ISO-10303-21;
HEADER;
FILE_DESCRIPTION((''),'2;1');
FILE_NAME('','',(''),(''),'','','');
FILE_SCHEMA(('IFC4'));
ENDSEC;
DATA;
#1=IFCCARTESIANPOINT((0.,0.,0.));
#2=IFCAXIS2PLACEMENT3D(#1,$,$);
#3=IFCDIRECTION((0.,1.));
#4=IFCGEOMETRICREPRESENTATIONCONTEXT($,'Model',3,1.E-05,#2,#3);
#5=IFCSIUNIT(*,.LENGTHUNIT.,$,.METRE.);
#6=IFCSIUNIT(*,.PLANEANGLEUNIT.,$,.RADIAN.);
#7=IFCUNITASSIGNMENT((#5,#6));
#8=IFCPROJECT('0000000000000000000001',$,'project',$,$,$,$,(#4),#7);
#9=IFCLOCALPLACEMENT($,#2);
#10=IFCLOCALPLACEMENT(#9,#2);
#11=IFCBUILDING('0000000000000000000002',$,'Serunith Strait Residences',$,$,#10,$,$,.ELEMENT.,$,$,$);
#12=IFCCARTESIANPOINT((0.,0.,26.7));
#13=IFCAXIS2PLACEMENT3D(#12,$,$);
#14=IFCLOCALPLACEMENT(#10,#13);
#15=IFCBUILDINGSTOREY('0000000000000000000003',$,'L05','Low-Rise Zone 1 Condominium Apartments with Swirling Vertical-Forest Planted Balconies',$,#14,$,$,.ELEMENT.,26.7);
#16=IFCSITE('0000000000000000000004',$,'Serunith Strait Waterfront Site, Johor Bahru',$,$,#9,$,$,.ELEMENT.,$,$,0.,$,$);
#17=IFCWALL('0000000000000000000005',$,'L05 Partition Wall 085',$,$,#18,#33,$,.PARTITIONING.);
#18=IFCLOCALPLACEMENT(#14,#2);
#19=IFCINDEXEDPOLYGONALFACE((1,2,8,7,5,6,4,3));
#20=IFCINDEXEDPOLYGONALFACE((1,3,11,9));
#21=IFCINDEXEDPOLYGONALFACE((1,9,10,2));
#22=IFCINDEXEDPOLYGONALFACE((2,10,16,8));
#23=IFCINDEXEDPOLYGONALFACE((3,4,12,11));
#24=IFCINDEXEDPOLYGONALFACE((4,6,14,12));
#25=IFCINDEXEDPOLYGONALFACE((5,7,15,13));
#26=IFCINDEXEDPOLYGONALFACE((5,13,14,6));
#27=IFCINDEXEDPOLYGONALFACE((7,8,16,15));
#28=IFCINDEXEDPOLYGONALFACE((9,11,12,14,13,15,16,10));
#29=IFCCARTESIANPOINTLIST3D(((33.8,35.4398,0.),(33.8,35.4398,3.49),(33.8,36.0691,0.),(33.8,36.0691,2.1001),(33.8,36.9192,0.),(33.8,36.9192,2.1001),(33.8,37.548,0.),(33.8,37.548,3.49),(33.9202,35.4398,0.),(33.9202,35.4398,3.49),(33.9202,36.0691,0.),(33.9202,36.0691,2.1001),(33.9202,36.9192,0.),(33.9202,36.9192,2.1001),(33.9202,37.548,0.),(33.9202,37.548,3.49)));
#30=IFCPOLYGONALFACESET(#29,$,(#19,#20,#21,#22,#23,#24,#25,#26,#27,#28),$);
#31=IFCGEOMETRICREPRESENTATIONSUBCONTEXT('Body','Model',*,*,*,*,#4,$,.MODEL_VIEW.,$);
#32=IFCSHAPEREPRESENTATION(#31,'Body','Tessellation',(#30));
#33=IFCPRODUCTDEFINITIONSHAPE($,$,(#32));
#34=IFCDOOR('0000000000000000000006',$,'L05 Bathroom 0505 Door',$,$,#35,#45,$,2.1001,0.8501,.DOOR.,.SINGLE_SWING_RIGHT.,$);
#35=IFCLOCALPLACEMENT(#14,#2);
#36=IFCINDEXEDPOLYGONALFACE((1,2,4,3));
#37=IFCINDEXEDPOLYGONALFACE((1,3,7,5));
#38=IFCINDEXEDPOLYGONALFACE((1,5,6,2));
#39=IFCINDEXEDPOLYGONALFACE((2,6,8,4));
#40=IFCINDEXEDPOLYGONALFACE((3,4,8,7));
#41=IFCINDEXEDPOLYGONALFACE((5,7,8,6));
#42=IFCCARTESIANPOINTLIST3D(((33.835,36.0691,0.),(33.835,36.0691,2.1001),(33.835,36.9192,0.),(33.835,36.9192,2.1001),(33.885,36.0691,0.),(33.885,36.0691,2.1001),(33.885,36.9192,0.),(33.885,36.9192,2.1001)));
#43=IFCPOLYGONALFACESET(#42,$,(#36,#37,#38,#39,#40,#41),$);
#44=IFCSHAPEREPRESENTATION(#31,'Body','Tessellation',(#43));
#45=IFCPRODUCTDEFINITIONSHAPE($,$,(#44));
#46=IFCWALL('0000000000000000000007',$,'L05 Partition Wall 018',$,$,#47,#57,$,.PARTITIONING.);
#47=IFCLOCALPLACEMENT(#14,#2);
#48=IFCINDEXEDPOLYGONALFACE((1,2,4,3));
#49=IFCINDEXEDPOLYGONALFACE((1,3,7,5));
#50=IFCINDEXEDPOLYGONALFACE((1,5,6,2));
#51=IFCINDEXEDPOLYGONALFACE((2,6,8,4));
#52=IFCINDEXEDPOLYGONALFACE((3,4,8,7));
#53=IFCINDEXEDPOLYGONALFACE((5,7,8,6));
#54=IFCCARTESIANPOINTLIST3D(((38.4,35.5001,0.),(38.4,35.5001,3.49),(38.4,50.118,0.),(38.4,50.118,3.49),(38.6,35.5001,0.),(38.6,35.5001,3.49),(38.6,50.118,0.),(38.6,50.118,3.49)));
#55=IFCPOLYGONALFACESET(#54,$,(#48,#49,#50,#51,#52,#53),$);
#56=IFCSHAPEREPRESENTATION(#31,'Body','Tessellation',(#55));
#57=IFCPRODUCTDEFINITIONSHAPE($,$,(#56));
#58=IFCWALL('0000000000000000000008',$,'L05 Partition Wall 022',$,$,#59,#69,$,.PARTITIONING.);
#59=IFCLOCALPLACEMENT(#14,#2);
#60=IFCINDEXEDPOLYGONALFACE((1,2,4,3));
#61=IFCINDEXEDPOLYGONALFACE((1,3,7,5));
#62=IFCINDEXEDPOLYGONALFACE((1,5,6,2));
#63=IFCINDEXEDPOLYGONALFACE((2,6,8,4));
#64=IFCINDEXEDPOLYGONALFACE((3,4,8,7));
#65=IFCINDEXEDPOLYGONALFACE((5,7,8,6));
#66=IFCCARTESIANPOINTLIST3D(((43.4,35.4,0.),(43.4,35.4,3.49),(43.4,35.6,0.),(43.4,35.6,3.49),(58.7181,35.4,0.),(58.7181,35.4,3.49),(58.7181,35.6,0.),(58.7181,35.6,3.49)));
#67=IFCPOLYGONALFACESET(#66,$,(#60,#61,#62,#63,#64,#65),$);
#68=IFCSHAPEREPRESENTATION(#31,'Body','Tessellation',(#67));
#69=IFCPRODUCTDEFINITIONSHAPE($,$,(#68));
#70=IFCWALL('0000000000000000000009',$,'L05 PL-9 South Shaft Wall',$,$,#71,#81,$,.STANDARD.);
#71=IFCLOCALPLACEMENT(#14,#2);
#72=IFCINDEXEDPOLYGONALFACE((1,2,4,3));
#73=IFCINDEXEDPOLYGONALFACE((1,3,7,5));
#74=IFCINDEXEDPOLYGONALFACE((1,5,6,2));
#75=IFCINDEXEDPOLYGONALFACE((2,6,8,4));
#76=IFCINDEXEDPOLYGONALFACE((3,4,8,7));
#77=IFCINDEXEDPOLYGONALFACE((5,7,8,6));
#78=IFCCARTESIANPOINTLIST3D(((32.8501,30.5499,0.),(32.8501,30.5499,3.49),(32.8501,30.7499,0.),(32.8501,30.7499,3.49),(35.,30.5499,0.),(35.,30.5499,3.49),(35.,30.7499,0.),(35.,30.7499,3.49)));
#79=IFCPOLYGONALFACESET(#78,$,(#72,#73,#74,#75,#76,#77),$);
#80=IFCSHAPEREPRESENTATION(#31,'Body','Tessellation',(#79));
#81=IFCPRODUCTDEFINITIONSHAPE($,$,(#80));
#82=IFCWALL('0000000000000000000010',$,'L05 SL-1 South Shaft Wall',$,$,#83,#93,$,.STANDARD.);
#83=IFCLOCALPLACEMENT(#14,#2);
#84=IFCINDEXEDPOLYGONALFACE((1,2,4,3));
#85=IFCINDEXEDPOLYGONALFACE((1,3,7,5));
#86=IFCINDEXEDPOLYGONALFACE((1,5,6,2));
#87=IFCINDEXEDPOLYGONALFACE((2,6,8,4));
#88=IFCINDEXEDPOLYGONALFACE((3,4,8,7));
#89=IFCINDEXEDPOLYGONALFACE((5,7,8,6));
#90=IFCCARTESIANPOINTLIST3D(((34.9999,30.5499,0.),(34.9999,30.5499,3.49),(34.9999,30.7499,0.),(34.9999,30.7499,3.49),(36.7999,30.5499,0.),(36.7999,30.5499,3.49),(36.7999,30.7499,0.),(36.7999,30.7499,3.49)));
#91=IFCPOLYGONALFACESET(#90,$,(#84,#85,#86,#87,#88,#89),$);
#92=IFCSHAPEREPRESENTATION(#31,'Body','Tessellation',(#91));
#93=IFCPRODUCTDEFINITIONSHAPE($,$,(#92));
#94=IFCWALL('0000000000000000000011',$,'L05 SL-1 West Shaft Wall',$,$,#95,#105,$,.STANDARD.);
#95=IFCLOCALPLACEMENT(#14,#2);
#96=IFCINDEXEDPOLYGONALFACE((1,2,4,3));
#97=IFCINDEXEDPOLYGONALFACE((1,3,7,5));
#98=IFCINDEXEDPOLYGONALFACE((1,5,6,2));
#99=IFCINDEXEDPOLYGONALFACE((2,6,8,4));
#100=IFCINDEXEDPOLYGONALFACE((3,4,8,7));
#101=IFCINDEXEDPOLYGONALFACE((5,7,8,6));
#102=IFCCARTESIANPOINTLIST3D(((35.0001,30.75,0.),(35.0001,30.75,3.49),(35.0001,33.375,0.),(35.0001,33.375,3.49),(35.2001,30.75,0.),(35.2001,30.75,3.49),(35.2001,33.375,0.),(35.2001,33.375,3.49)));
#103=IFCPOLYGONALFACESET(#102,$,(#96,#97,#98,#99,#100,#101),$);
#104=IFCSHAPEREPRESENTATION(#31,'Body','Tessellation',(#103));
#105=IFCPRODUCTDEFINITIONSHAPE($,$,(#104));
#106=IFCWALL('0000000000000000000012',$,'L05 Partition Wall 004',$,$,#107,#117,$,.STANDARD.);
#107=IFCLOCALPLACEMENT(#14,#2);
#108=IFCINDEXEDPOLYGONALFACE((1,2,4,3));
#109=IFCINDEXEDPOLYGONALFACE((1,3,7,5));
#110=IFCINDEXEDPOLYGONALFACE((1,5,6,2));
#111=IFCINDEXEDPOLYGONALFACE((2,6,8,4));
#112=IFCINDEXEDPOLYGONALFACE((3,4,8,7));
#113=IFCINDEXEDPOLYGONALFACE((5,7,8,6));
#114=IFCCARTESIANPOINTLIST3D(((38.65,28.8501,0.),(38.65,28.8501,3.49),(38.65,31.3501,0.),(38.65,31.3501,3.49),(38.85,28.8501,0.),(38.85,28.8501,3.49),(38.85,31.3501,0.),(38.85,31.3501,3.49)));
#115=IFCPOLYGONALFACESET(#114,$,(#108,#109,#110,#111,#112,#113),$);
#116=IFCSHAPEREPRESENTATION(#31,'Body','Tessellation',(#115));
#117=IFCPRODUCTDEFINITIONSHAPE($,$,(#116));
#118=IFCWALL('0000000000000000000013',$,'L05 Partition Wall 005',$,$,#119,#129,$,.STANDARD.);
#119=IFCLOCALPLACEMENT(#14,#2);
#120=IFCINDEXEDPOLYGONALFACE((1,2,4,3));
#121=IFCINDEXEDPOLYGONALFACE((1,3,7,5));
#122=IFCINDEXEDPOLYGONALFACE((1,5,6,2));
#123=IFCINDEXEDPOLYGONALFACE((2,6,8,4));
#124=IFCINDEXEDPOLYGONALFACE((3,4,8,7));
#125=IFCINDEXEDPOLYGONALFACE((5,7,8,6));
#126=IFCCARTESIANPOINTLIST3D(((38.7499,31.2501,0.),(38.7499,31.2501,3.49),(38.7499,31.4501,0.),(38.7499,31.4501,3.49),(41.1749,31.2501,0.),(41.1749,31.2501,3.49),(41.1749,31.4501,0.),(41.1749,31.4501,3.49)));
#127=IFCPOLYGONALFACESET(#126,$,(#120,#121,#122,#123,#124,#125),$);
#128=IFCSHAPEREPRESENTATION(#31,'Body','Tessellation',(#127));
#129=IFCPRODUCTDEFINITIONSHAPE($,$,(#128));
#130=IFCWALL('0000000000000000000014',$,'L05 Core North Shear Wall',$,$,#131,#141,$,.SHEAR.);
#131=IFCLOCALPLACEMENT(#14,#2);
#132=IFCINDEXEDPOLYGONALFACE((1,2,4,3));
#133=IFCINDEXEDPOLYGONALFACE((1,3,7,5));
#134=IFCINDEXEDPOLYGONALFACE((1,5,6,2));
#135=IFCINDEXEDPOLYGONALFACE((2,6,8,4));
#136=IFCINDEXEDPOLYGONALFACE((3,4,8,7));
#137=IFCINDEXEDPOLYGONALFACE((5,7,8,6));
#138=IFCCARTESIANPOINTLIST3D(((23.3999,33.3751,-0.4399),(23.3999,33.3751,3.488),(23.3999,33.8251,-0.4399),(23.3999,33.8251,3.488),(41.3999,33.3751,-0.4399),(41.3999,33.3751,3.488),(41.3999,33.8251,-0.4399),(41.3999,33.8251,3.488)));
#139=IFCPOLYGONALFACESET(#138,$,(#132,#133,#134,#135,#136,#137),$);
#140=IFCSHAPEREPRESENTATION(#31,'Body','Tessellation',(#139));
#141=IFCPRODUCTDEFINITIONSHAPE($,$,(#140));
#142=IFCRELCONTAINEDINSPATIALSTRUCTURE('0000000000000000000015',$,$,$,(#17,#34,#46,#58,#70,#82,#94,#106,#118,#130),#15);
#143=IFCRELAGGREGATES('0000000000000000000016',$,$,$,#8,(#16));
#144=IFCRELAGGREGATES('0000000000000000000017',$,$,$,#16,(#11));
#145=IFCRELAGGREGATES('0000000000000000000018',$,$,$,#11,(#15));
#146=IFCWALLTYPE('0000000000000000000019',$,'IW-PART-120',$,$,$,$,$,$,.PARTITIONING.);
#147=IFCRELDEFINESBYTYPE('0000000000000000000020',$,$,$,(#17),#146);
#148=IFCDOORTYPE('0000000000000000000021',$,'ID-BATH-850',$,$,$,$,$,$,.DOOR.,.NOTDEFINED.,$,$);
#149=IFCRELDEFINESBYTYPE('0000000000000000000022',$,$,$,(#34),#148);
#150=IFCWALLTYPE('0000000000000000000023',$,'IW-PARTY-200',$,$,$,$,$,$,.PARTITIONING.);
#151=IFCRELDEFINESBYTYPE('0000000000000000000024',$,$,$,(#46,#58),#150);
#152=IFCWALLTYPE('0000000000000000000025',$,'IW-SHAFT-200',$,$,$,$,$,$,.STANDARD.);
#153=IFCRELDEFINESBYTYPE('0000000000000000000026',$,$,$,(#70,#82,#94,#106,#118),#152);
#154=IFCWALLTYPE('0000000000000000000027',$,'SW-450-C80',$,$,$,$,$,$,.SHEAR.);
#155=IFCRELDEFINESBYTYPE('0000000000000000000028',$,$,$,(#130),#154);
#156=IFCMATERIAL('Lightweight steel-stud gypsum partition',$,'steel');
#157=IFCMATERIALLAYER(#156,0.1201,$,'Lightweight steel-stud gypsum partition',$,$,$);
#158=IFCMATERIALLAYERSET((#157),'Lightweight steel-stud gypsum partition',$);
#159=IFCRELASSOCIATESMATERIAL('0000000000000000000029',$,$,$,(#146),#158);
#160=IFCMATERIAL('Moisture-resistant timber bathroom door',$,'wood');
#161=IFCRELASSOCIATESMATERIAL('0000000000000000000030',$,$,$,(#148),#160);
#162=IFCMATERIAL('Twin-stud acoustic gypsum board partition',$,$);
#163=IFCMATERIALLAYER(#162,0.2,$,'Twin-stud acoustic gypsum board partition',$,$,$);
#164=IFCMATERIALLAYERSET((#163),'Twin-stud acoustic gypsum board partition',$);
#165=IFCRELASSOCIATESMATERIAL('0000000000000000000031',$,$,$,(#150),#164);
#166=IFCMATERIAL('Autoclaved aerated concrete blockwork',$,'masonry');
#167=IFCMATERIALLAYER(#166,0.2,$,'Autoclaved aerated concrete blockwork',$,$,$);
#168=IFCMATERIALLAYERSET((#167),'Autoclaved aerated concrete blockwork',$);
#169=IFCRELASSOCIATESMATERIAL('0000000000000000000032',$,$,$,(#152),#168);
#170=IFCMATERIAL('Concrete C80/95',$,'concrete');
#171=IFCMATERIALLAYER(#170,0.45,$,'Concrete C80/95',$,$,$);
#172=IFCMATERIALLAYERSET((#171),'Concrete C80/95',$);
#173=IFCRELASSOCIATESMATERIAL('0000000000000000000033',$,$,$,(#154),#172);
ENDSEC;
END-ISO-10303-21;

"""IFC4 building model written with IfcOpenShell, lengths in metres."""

from ifc_helpers import new_model, si_unit, direction, frame, frame_2d, origin, place, context, subcontext, project, spatial, rectangle, extrude, source, transform, mapped, material, layer, layer_set, type_object, element, fill, save


model = new_model("IFC4")

# Units and contexts
model_context = context("Model", 3, precision=1e-05, world=origin(), true_north=direction((0.0, 1.0)))
body_context = subcontext(model_context, "Body", "Model", "MODEL_VIEW")
ifc_project = project(units=[si_unit("LENGTHUNIT", "METRE"), si_unit("PLANEANGLEUNIT", "RADIAN")], contexts=[model_context])

# Site, building, storey
site_placement = place(None, origin())
site = spatial("IfcSite", under=ifc_project, at=site_placement, Name="Serunith Strait Waterfront Site, Johor Bahru", CompositionType="ELEMENT", RefElevation=0.0)
building_placement = place(site_placement, origin())
building = spatial("IfcBuilding", under=site, at=building_placement, Name="Serunith Strait Residences", CompositionType="ELEMENT")
storey_placement = place(building_placement, frame((0.0, 0.0, 26.7)))
storey = spatial("IfcBuildingStorey", under=building, at=storey_placement, Name="L05", Description="Low-Rise Zone 1 Condominium Apartments with Swirling Vertical-Forest Planted Balconies", CompositionType="ELEMENT", Elevation=26.7)

# Wall, opening, door
shared_shape_1 = source(origin(), body_context, "Body", "SweptSolid", [
    extrude(rectangle(XDim=0.8501, YDim=2.1001, at=frame_2d((0.425, 1.05))), frame((0.0, 0.0249, 0.0), z_axis=(0.0, -1.0, 0.0), x_axis=(1.0, 0.0, 0.0)), (0.0, 0.0, 1.0), 0.05),
])
ifc_material_1 = material(Name="Lightweight steel-stud gypsum partition", Category="steel")
ifc_layer_1 = layer(ifc_material_1, 0.1201, Name="Lightweight steel-stud gypsum partition")
ifc_layer_set_1 = layer_set([ifc_layer_1], Name="Lightweight steel-stud gypsum partition")
wall_type_1 = type_object("IfcWallType", Name="IW-PART-120", PredefinedType="PARTITIONING", material=ifc_layer_set_1)
wall_1_placement = place(storey_placement, frame((33.8601, 37.5481, 0.0), z_axis=(0.0, 0.0, 1.0), x_axis=(0.0, -1.0, 0.0)))
wall_1 = element("IfcWall", 1, at=wall_1_placement, inside=storey, type_object=wall_type_1, Name="L05 Partition Wall 085", PredefinedType="PARTITIONING", context=body_context, shape_type="SweptSolid", body=[
    extrude(rectangle(XDim=2.1082, YDim=0.1201, at=frame_2d((1.0542, 0.0))), origin(), (0.0, 0.0, 1.0), 3.49),
])
opening_1_placement = place(wall_1_placement, frame((0.6289, 0.0, 0.0)))
opening_1 = element("IfcOpeningElement", 2, at=opening_1_placement, cuts=wall_1, PredefinedType="OPENING", context=body_context, shape_type="SweptSolid", body=[
    extrude(rectangle(XDim=0.8501, YDim=2.1001, at=frame_2d((0.425, 1.05))), frame((0.0, 0.0701, 0.0), z_axis=(0.0, -1.0, 0.0), x_axis=(1.0, 0.0, 0.0)), (0.0, 0.0, 1.0), 0.1401),
])
ifc_material_2 = material(Name="Moisture-resistant timber bathroom door", Category="wood")
door_type_1 = type_object("IfcDoorType", Name="ID-BATH-850", OperationType="NOTDEFINED", PredefinedType="DOOR", material=ifc_material_2)
door_1_placement = place(opening_1_placement, origin())
door_1 = element("IfcDoor", 3, at=door_1_placement, inside=storey, type_object=door_type_1, Name="L05 Bathroom 0505 Door", OperationType="SINGLE_SWING_RIGHT", OverallHeight=2.1001, OverallWidth=0.8501, PredefinedType="DOOR", context=body_context, shape_type="MappedRepresentation", body=[
    mapped(shared_shape_1, transform((0.0, 0.0, 0.0), scale=1.0)),
])
fill(opening_1, door_1)

# Walls
ifc_material_3 = material(Name="Twin-stud acoustic gypsum board partition")
ifc_layer_2 = layer(ifc_material_3, 0.2, Name="Twin-stud acoustic gypsum board partition")
ifc_layer_set_2 = layer_set([ifc_layer_2], Name="Twin-stud acoustic gypsum board partition")
wall_type_2 = type_object("IfcWallType", Name="IW-PARTY-200", PredefinedType="PARTITIONING", material=ifc_layer_set_2)
wall_2_placement = place(storey_placement, frame((38.5, 35.5, 0.0), z_axis=(0.0, 0.0, 1.0), x_axis=(0.0, 1.0, 0.0)))
element("IfcWall", 4, at=wall_2_placement, inside=storey, type_object=wall_type_2, Name="L05 Partition Wall 018", PredefinedType="PARTITIONING", context=body_context, shape_type="SweptSolid", body=[
    extrude(rectangle(XDim=14.6179, YDim=0.2, at=frame_2d((7.3091, 0.0))), origin(), (0.0, 0.0, 1.0), 3.49),
])
wall_3_placement = place(storey_placement, frame((43.3999, 35.5, 0.0), z_axis=(0.0, 0.0, 1.0), x_axis=(1.0, 0.0, 0.0)))
element("IfcWall", 5, at=wall_3_placement, inside=storey, type_object=wall_type_2, Name="L05 Partition Wall 022", PredefinedType="PARTITIONING", context=body_context, shape_type="SweptSolid", body=[
    extrude(rectangle(XDim=15.3181, YDim=0.2, at=frame_2d((7.6592, 0.0))), origin(), (0.0, 0.0, 1.0), 3.49),
])
ifc_material_4 = material(Name="Autoclaved aerated concrete blockwork", Category="masonry")
ifc_layer_3 = layer(ifc_material_4, 0.2, Name="Autoclaved aerated concrete blockwork")
ifc_layer_set_3 = layer_set([ifc_layer_3], Name="Autoclaved aerated concrete blockwork")
wall_type_3 = type_object("IfcWallType", Name="IW-SHAFT-200", PredefinedType="STANDARD", material=ifc_layer_set_3)
wall_4_placement = place(storey_placement, frame((32.8501, 30.6499, 0.0), z_axis=(0.0, 0.0, 1.0), x_axis=(1.0, 0.0, 0.0)))
element("IfcWall", 6, at=wall_4_placement, inside=storey, type_object=wall_type_3, Name="L05 PL-9 South Shaft Wall", PredefinedType="STANDARD", context=body_context, shape_type="SweptSolid", body=[
    extrude(rectangle(XDim=2.1499, YDim=0.2, at=frame_2d((1.075, 0.0))), origin(), (0.0, 0.0, 1.0), 3.49),
])
wall_5_placement = place(storey_placement, frame((35.0, 30.6499, 0.0), z_axis=(0.0, 0.0, 1.0), x_axis=(1.0, 0.0, 0.0)))
element("IfcWall", 7, at=wall_5_placement, inside=storey, type_object=wall_type_3, Name="L05 SL-1 South Shaft Wall", PredefinedType="STANDARD", context=body_context, shape_type="SweptSolid", body=[
    extrude(rectangle(XDim=1.8, YDim=0.2, at=frame_2d((0.8999, 0.0))), origin(), (0.0, 0.0, 1.0), 3.49),
])
wall_6_placement = place(storey_placement, frame((35.1001, 30.75, 0.0), z_axis=(0.0, 0.0, 1.0), x_axis=(0.0, 1.0, 0.0)))
element("IfcWall", 8, at=wall_6_placement, inside=storey, type_object=wall_type_3, Name="L05 SL-1 West Shaft Wall", PredefinedType="STANDARD", context=body_context, shape_type="SweptSolid", body=[
    extrude(rectangle(XDim=2.625, YDim=0.2, at=frame_2d((1.3125, 0.0))), origin(), (0.0, 0.0, 1.0), 3.49),
])
wall_7_placement = place(storey_placement, frame((38.75, 28.8501, 0.0), z_axis=(0.0, 0.0, 1.0), x_axis=(0.0, 1.0, 0.0)))
element("IfcWall", 9, at=wall_7_placement, inside=storey, type_object=wall_type_3, Name="L05 Partition Wall 004", PredefinedType="STANDARD", context=body_context, shape_type="SweptSolid", body=[
    extrude(rectangle(XDim=2.5, YDim=0.2, at=frame_2d((1.25, 0.0))), origin(), (0.0, 0.0, 1.0), 3.49),
])
wall_8_placement = place(storey_placement, frame((38.75, 31.3501, 0.0), z_axis=(0.0, 0.0, 1.0), x_axis=(1.0, 0.0, 0.0)))
element("IfcWall", 10, at=wall_8_placement, inside=storey, type_object=wall_type_3, Name="L05 Partition Wall 005", PredefinedType="STANDARD", context=body_context, shape_type="SweptSolid", body=[
    extrude(rectangle(XDim=2.425, YDim=0.2, at=frame_2d((1.2124, 0.0))), origin(), (0.0, 0.0, 1.0), 3.49),
])
ifc_material_5 = material(Name="Concrete C80/95", Category="concrete")
ifc_layer_4 = layer(ifc_material_5, 0.45, Name="Concrete C80/95")
ifc_layer_set_4 = layer_set([ifc_layer_4], Name="Concrete C80/95")
wall_type_4 = type_object("IfcWallType", Name="SW-450-C80", PredefinedType="SHEAR", material=ifc_layer_set_4)
wall_9_placement = place(storey_placement, frame((41.3999, 33.6001, -0.4399), z_axis=(0.0, 0.0, 1.0), x_axis=(-1.0, 0.0, 0.0)))
element("IfcWall", 11, at=wall_9_placement, inside=storey, type_object=wall_type_4, Name="L05 Core North Shear Wall", PredefinedType="SHEAR", context=body_context, shape_type="SweptSolid", body=[
    extrude(rectangle(XDim=18.0, YDim=0.45, at=frame_2d((9.0, 0.0))), origin(), (0.0, 0.0, 1.0), 3.928),
])

save(model, "model.ifc")
